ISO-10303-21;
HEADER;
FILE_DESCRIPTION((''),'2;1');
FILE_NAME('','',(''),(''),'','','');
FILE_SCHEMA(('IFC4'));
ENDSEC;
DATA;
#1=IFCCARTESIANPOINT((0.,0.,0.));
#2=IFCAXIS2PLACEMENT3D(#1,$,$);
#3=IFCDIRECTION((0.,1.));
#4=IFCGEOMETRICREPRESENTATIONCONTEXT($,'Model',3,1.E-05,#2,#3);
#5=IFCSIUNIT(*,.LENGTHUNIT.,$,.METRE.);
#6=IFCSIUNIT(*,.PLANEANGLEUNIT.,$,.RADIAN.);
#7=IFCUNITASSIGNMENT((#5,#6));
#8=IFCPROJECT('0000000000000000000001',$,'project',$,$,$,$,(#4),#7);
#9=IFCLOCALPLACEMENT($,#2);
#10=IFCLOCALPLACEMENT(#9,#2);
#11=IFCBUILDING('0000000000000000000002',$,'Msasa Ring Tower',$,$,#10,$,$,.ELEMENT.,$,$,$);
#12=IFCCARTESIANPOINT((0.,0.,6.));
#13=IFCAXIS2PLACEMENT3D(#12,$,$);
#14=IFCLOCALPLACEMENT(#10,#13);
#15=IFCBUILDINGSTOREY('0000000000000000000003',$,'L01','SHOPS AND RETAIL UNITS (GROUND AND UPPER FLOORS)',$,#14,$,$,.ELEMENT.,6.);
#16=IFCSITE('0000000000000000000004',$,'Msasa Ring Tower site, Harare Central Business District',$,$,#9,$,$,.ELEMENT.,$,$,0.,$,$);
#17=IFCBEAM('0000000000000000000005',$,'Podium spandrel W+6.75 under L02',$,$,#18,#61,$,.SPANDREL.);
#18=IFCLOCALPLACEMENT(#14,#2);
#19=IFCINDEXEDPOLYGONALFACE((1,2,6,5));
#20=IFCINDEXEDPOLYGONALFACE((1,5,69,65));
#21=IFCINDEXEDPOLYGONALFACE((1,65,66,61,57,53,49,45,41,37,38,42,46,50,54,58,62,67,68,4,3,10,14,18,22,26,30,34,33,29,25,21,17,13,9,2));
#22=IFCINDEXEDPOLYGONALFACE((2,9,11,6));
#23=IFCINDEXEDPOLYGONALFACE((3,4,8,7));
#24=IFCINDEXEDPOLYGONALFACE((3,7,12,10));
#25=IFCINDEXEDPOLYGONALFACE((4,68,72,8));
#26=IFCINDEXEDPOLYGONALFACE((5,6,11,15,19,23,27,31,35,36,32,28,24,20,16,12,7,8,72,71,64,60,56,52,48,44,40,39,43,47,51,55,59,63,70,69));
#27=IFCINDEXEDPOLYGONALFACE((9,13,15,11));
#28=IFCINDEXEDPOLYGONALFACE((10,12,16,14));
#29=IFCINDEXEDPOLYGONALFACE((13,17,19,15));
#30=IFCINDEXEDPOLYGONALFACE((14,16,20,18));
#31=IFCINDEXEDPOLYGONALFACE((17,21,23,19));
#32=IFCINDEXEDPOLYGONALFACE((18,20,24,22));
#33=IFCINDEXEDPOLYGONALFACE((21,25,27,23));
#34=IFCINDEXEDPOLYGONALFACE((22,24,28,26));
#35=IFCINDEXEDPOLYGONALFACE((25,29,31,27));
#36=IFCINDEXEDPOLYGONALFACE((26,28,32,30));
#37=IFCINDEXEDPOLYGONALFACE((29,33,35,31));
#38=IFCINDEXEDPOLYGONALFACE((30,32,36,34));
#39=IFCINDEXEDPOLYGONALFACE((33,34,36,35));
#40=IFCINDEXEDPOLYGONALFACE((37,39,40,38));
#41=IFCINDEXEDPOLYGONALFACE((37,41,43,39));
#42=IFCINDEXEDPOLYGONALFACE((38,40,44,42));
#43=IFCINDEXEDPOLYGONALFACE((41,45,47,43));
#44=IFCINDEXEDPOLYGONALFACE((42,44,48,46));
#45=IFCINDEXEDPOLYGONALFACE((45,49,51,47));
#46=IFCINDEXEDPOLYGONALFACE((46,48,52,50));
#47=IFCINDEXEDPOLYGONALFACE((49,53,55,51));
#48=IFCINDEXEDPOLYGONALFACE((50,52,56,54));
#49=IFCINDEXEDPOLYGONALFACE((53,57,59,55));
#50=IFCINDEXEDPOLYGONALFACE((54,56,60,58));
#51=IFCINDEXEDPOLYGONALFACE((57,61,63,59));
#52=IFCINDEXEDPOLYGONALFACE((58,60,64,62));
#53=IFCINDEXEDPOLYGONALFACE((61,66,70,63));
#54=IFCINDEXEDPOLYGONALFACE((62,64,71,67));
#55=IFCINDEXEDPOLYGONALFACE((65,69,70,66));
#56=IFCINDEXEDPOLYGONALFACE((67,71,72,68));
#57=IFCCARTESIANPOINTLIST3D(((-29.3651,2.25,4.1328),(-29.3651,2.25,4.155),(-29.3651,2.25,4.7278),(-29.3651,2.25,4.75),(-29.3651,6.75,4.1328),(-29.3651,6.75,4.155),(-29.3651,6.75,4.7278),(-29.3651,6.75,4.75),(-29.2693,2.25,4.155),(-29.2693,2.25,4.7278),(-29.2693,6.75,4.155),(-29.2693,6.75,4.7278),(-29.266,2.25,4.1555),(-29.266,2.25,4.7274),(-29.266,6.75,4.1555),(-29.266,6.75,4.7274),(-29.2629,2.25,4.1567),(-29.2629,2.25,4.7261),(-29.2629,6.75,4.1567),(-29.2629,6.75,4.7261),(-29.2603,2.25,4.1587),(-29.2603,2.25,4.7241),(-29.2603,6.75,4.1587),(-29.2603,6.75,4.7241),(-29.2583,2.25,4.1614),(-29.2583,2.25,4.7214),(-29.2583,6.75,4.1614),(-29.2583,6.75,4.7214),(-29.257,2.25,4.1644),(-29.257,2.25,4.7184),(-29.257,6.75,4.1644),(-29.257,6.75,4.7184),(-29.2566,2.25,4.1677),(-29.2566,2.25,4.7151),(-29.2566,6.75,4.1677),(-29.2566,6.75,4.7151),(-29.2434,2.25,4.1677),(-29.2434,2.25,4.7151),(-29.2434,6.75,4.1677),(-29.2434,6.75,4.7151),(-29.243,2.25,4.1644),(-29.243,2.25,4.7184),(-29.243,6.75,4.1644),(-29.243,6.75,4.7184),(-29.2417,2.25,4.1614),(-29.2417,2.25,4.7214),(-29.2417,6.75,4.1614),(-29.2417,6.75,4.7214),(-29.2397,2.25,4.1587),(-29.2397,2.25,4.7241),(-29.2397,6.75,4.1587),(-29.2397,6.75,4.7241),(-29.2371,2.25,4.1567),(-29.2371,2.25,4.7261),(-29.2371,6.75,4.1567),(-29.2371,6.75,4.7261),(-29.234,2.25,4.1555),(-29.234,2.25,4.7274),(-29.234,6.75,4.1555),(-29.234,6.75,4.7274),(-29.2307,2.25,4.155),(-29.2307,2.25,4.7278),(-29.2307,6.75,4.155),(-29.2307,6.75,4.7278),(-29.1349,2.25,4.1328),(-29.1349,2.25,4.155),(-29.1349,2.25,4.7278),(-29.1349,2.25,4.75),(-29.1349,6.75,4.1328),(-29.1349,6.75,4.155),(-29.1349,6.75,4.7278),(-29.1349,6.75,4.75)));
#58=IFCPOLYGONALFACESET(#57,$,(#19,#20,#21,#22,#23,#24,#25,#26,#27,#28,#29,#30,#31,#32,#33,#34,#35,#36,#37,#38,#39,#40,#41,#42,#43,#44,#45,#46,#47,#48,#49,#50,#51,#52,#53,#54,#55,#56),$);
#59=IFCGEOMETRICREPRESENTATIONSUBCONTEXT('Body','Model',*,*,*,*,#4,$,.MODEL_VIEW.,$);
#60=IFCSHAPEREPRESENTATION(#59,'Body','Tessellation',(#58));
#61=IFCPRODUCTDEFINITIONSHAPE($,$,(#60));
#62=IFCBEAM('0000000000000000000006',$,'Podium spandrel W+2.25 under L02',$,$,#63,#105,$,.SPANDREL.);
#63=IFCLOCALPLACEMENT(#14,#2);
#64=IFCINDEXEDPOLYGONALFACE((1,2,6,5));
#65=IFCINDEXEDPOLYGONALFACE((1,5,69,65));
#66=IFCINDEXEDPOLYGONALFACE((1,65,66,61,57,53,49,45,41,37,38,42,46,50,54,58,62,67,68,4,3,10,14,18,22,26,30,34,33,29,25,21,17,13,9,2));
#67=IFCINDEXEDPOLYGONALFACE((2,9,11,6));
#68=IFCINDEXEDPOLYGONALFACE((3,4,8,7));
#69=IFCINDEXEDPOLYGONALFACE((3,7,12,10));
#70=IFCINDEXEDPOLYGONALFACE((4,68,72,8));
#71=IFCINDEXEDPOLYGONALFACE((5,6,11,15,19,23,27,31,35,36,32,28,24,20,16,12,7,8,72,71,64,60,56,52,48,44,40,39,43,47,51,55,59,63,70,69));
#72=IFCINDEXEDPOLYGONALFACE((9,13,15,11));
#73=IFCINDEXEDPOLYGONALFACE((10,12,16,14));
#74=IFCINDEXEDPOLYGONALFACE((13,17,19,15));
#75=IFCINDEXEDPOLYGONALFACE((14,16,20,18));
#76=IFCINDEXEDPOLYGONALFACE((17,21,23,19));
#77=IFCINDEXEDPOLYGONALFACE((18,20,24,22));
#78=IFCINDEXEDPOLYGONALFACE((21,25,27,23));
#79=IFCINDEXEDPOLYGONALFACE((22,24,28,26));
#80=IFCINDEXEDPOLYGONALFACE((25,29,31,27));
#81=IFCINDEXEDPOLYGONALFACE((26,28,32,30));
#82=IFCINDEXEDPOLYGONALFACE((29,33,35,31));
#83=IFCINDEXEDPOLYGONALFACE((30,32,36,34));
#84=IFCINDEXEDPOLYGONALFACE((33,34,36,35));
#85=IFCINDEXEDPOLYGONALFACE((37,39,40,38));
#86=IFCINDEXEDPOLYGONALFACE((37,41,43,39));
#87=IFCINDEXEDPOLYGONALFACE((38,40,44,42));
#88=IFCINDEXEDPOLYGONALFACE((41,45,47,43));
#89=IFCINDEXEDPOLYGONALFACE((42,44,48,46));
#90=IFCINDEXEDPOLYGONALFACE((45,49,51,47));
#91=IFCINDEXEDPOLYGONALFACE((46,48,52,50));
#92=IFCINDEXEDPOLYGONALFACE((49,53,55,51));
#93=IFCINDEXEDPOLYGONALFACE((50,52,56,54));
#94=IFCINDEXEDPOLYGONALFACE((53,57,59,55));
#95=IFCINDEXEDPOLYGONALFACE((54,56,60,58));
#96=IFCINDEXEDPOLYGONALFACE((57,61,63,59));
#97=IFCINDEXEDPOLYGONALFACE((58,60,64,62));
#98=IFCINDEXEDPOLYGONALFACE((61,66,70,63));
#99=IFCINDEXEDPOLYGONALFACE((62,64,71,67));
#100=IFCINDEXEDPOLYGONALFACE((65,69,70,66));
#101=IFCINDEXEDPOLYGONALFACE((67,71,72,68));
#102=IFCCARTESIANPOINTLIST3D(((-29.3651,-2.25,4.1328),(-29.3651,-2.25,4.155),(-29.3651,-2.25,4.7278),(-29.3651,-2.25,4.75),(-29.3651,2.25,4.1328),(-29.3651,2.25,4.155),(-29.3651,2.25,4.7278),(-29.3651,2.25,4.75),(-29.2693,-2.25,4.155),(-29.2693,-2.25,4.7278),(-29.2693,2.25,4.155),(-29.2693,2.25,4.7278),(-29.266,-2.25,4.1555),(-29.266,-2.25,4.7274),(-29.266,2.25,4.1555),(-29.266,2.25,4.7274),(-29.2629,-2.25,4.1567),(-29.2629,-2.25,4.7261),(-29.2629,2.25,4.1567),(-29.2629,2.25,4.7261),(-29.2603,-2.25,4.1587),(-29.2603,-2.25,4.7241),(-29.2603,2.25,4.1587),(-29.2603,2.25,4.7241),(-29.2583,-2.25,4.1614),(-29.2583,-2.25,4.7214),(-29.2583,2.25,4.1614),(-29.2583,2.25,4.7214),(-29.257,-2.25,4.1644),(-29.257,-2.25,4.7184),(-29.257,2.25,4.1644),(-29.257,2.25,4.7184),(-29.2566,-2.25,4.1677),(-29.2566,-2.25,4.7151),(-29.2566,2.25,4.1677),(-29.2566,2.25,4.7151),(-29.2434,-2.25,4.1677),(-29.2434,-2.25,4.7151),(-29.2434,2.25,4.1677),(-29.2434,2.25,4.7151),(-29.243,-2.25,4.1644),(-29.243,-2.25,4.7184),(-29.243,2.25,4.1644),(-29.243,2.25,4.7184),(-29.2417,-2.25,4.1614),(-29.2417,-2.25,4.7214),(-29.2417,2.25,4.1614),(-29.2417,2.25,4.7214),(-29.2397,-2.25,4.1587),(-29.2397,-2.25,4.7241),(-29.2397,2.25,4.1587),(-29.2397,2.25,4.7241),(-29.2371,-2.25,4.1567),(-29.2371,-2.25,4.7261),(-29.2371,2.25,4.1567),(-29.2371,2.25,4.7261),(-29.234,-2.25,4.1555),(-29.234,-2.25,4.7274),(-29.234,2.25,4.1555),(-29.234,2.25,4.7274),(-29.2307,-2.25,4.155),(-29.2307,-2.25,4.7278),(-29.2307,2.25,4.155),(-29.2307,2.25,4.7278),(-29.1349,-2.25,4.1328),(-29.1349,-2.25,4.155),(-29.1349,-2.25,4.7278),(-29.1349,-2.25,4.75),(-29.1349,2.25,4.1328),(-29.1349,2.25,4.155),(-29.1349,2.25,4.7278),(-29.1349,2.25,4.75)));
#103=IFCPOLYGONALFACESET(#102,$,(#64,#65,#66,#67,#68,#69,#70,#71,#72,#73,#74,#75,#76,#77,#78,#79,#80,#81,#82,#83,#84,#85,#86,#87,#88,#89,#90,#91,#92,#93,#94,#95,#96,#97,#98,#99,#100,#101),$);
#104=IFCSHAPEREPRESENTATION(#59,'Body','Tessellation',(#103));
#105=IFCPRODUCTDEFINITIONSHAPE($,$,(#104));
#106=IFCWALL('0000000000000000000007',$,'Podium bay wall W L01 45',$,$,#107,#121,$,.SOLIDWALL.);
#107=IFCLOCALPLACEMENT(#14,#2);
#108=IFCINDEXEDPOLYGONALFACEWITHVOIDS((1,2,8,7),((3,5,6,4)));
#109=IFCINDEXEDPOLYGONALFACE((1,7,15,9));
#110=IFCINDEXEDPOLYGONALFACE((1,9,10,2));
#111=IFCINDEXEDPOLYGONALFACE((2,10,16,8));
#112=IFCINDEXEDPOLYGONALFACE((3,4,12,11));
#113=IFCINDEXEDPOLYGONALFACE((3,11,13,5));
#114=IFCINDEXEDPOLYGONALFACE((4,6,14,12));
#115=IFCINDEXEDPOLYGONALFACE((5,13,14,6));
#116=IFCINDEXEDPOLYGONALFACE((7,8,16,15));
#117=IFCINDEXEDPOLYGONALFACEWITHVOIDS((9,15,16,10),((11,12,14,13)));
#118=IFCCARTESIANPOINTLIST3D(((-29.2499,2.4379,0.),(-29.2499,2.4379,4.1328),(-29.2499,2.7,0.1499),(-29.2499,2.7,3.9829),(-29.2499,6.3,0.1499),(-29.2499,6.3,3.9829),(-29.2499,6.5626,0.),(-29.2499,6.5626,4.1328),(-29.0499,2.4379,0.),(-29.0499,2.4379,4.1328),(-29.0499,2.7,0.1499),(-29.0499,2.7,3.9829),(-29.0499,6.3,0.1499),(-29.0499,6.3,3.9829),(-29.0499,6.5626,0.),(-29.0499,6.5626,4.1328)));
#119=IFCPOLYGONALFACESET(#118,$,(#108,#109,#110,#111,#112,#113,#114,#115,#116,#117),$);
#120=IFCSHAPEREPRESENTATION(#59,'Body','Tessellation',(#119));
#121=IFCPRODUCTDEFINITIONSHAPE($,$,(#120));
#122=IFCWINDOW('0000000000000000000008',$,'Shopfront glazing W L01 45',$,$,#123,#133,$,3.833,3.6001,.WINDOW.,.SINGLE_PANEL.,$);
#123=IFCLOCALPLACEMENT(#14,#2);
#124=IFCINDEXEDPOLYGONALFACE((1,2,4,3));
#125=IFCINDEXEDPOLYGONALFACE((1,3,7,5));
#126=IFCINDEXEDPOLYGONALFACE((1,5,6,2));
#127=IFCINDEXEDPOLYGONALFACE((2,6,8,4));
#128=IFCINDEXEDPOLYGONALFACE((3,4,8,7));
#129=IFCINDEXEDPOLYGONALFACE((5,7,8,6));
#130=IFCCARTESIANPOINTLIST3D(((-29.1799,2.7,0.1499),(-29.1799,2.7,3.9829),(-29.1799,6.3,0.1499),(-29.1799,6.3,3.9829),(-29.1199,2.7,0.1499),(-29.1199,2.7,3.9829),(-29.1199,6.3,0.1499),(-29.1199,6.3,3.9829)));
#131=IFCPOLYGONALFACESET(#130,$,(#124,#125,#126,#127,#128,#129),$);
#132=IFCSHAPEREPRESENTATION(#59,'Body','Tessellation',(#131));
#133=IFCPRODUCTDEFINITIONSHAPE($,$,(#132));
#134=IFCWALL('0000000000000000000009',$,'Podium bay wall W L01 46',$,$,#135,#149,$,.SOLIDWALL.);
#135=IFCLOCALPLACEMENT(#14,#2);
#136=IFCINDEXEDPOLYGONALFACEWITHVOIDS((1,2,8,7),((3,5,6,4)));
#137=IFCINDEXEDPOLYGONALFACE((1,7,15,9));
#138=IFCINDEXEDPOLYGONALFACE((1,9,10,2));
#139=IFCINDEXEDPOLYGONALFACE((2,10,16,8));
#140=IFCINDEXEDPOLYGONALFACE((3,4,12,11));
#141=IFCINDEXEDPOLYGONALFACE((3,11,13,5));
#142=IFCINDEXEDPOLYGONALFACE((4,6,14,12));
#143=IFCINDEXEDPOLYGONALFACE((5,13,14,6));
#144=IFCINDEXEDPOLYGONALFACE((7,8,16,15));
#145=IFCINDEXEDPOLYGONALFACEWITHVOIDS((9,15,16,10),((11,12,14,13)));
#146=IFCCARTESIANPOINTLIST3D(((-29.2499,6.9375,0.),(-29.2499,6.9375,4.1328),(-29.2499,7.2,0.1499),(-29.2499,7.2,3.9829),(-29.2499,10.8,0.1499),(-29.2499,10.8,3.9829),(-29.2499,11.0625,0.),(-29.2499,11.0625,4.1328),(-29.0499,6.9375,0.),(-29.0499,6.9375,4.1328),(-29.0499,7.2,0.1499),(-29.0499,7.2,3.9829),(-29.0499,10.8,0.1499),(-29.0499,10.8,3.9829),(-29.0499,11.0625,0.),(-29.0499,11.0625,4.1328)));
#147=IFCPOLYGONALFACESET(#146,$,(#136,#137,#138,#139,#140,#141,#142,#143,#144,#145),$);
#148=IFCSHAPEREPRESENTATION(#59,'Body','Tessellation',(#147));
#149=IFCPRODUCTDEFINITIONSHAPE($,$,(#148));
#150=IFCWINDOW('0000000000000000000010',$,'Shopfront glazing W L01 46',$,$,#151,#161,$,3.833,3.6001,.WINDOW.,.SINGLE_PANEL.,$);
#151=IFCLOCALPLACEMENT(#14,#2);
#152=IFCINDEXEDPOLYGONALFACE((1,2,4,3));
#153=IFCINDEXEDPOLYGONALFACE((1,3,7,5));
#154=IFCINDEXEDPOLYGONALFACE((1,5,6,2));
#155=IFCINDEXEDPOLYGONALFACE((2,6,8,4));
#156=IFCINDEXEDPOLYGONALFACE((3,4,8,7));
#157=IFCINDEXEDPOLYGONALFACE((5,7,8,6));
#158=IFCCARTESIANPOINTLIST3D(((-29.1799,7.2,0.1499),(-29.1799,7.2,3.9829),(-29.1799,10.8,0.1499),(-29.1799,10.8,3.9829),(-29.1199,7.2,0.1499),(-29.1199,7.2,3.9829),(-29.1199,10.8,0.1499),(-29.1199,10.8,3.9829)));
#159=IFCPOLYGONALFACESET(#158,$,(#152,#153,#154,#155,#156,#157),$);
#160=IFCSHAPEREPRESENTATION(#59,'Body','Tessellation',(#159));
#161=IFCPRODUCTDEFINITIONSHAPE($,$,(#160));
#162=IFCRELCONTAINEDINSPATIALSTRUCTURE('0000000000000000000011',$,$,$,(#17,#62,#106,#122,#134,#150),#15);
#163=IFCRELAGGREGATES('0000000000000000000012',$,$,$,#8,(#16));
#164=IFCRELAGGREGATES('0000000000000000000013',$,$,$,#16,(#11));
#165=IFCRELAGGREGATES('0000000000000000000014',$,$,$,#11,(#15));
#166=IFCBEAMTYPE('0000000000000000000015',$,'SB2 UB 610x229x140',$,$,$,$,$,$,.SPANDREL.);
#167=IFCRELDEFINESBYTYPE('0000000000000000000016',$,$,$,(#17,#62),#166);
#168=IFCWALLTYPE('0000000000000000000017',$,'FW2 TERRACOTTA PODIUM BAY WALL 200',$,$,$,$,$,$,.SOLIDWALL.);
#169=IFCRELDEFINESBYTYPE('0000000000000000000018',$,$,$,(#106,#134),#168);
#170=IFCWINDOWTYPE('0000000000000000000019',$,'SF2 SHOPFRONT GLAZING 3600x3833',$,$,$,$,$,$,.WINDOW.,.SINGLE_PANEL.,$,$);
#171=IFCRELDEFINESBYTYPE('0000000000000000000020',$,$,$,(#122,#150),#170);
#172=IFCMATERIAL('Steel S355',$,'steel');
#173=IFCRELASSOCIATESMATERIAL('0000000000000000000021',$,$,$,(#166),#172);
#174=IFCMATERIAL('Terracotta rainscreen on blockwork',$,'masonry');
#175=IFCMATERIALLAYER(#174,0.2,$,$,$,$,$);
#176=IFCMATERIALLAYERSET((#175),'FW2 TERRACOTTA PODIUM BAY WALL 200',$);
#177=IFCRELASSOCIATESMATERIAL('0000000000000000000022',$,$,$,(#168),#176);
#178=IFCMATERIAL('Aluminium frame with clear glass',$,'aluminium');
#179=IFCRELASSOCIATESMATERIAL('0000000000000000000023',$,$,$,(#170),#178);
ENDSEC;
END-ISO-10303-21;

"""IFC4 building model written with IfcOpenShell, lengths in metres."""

from ifc_helpers import new_model, si_unit, direction, frame, frame_2d, origin, origin_2d, place, context, subcontext, project, spatial, rectangle, i_section, extrude, material, layer, layer_set, material_profile, profile_set, type_object, element, fill, save


model = new_model("IFC4")

# Units and contexts
model_context = context("Model", 3, precision=1e-05, world=origin(), true_north=direction((0.0, 1.0)))
body_context = subcontext(model_context, "Body", "Model", "MODEL_VIEW")
ifc_project = project(units=[si_unit("LENGTHUNIT", "METRE"), si_unit("PLANEANGLEUNIT", "RADIAN")], contexts=[model_context])

# Site, building, storey
site_placement = place(None, origin())
site = spatial("IfcSite", under=ifc_project, at=site_placement, Name="Msasa Ring Tower site, Harare Central Business District", CompositionType="ELEMENT", RefElevation=0.0)
building_placement = place(site_placement, origin())
building = spatial("IfcBuilding", under=site, at=building_placement, Name="Msasa Ring Tower", CompositionType="ELEMENT")
storey_placement = place(building_placement, frame((0.0, 0.0, 6.0)))
storey = spatial("IfcBuildingStorey", under=building, at=storey_placement, Name="L01", Description="SHOPS AND RETAIL UNITS (GROUND AND UPPER FLOORS)", CompositionType="ELEMENT", Elevation=6.0)

# Beams
ifc_material_1 = material(Name="Steel S355", Category="steel")
ifc_material_profile_1 = material_profile(ifc_material_1, i_section(OverallWidth=0.2302, OverallDepth=0.6172, WebThickness=0.0132, FlangeThickness=0.0222, FilletRadius=0.0127, at=origin_2d()), Name="UB 610x229x140")
ifc_profile_set_1 = profile_set([ifc_material_profile_1], Name="Steel S355")
beam_type_1 = type_object("IfcBeamType", Name="SB2 UB 610x229x140", PredefinedType="SPANDREL", material=ifc_profile_set_1)
for number, where, z_axis, x_axis, name in (
    (1, (-29.25, 6.75, 4.4414), (0.0, -1.0, 0.0), (1.0, 0.0, 0.0), "Podium spandrel W+6.75 under L02"),
    (2, (-29.25, 2.25, 4.4414), (0.0, -1.0, 0.0), (1.0, 0.0, 0.0), "Podium spandrel W+2.25 under L02"),
):
    element("IfcBeam", number, at=place(storey_placement, frame(where, z_axis=z_axis, x_axis=x_axis)), inside=storey, type_object=beam_type_1, Name=name, PredefinedType="SPANDREL", context=body_context, shape_type="SweptSolid", body=[
        extrude(i_section(OverallWidth=0.2302, OverallDepth=0.6172, WebThickness=0.0132, FlangeThickness=0.0222, FilletRadius=0.0127, at=origin_2d()), origin(), (0.0, 0.0, 1.0), 4.5),
    ])

# Walls, openings, windows
ifc_material_2 = material(Name="Terracotta rainscreen on blockwork", Category="masonry")
ifc_layer_1 = layer(ifc_material_2, 0.2)
ifc_layer_set_1 = layer_set([ifc_layer_1], Name="FW2 TERRACOTTA PODIUM BAY WALL 200")
wall_type_1 = type_object("IfcWallType", Name="FW2 TERRACOTTA PODIUM BAY WALL 200", PredefinedType="SOLIDWALL", material=ifc_layer_set_1)
wall_1_placement = place(storey_placement, frame((-29.1499, 2.4377, 0.0), z_axis=(0.0, 0.0, 1.0), x_axis=(0.0, 1.0, 0.0)))
wall_1 = element("IfcWall", 3, at=wall_1_placement, inside=storey, type_object=wall_type_1, Name="Podium bay wall W L01 45", PredefinedType="SOLIDWALL", context=body_context, shape_type="SweptSolid", body=[
    extrude(rectangle(XDim=4.1248, YDim=0.2, at=frame_2d((2.0625, 0.0))), origin(), (0.0, 0.0, 1.0), 4.1328),
])
opening_1_placement = place(wall_1_placement, frame((0.2622, 0.0, 0.1499)))
opening_1 = element("IfcOpeningElement", 4, at=opening_1_placement, cuts=wall_1, PredefinedType="OPENING", context=body_context, shape_type="SweptSolid", body=[
    extrude(rectangle(XDim=3.6001, YDim=3.833, at=frame_2d((1.8, 1.9165))), frame((0.0, 0.1099, 0.0), z_axis=(0.0, -1.0, 0.0), x_axis=(1.0, 0.0, 0.0)), (0.0, 0.0, 1.0), 0.22),
])
ifc_material_3 = material(Name="Aluminium frame with clear glass", Category="aluminium")
window_type = type_object("IfcWindowType", Name="SF2 SHOPFRONT GLAZING 3600x3833", PartitioningType="SINGLE_PANEL", PredefinedType="WINDOW", material=ifc_material_3)
window_1_placement = place(opening_1_placement, origin())
window_1 = element("IfcWindow", 5, at=window_1_placement, inside=storey, type_object=window_type, Name="Shopfront glazing W L01 45", OverallHeight=3.833, OverallWidth=3.6001, PartitioningType="SINGLE_PANEL", PredefinedType="WINDOW", context=body_context, shape_type="SweptSolid", body=[
    extrude(rectangle(XDim=3.6001, YDim=3.833, at=frame_2d((1.8, 1.9165))), frame((0.0, 0.03, 0.0), z_axis=(0.0, -1.0, 0.0), x_axis=(1.0, 0.0, 0.0)), (0.0, 0.0, 1.0), 0.0601),
])
fill(opening_1, window_1)
wall_2_placement = place(storey_placement, frame((-29.1499, 6.9375, 0.0), z_axis=(0.0, 0.0, 1.0), x_axis=(0.0, 1.0, 0.0)))
wall_2 = element("IfcWall", 6, at=wall_2_placement, inside=storey, type_object=wall_type_1, Name="Podium bay wall W L01 46", PredefinedType="SOLIDWALL", context=body_context, shape_type="SweptSolid", body=[
    extrude(rectangle(XDim=4.125, YDim=0.2, at=frame_2d((2.0625, 0.0))), origin(), (0.0, 0.0, 1.0), 4.1328),
])
opening_2_placement = place(wall_2_placement, frame((0.2625, 0.0, 0.1499)))
opening_2 = element("IfcOpeningElement", 7, at=opening_2_placement, cuts=wall_2, PredefinedType="OPENING", context=body_context, shape_type="SweptSolid", body=[
    extrude(rectangle(XDim=3.6001, YDim=3.833, at=frame_2d((1.8, 1.9165))), frame((0.0, 0.1099, 0.0), z_axis=(0.0, -1.0, 0.0), x_axis=(1.0, 0.0, 0.0)), (0.0, 0.0, 1.0), 0.22),
])
window_2_placement = place(opening_2_placement, origin())
window_2 = element("IfcWindow", 8, at=window_2_placement, inside=storey, type_object=window_type, Name="Shopfront glazing W L01 46", OverallHeight=3.833, OverallWidth=3.6001, PartitioningType="SINGLE_PANEL", PredefinedType="WINDOW", context=body_context, shape_type="SweptSolid", body=[
    extrude(rectangle(XDim=3.6001, YDim=3.833, at=frame_2d((1.8, 1.9165))), frame((0.0, 0.03, 0.0), z_axis=(0.0, -1.0, 0.0), x_axis=(1.0, 0.0, 0.0)), (0.0, 0.0, 1.0), 0.0601),
])
fill(opening_2, window_2)

save(model, "model.ifc")
